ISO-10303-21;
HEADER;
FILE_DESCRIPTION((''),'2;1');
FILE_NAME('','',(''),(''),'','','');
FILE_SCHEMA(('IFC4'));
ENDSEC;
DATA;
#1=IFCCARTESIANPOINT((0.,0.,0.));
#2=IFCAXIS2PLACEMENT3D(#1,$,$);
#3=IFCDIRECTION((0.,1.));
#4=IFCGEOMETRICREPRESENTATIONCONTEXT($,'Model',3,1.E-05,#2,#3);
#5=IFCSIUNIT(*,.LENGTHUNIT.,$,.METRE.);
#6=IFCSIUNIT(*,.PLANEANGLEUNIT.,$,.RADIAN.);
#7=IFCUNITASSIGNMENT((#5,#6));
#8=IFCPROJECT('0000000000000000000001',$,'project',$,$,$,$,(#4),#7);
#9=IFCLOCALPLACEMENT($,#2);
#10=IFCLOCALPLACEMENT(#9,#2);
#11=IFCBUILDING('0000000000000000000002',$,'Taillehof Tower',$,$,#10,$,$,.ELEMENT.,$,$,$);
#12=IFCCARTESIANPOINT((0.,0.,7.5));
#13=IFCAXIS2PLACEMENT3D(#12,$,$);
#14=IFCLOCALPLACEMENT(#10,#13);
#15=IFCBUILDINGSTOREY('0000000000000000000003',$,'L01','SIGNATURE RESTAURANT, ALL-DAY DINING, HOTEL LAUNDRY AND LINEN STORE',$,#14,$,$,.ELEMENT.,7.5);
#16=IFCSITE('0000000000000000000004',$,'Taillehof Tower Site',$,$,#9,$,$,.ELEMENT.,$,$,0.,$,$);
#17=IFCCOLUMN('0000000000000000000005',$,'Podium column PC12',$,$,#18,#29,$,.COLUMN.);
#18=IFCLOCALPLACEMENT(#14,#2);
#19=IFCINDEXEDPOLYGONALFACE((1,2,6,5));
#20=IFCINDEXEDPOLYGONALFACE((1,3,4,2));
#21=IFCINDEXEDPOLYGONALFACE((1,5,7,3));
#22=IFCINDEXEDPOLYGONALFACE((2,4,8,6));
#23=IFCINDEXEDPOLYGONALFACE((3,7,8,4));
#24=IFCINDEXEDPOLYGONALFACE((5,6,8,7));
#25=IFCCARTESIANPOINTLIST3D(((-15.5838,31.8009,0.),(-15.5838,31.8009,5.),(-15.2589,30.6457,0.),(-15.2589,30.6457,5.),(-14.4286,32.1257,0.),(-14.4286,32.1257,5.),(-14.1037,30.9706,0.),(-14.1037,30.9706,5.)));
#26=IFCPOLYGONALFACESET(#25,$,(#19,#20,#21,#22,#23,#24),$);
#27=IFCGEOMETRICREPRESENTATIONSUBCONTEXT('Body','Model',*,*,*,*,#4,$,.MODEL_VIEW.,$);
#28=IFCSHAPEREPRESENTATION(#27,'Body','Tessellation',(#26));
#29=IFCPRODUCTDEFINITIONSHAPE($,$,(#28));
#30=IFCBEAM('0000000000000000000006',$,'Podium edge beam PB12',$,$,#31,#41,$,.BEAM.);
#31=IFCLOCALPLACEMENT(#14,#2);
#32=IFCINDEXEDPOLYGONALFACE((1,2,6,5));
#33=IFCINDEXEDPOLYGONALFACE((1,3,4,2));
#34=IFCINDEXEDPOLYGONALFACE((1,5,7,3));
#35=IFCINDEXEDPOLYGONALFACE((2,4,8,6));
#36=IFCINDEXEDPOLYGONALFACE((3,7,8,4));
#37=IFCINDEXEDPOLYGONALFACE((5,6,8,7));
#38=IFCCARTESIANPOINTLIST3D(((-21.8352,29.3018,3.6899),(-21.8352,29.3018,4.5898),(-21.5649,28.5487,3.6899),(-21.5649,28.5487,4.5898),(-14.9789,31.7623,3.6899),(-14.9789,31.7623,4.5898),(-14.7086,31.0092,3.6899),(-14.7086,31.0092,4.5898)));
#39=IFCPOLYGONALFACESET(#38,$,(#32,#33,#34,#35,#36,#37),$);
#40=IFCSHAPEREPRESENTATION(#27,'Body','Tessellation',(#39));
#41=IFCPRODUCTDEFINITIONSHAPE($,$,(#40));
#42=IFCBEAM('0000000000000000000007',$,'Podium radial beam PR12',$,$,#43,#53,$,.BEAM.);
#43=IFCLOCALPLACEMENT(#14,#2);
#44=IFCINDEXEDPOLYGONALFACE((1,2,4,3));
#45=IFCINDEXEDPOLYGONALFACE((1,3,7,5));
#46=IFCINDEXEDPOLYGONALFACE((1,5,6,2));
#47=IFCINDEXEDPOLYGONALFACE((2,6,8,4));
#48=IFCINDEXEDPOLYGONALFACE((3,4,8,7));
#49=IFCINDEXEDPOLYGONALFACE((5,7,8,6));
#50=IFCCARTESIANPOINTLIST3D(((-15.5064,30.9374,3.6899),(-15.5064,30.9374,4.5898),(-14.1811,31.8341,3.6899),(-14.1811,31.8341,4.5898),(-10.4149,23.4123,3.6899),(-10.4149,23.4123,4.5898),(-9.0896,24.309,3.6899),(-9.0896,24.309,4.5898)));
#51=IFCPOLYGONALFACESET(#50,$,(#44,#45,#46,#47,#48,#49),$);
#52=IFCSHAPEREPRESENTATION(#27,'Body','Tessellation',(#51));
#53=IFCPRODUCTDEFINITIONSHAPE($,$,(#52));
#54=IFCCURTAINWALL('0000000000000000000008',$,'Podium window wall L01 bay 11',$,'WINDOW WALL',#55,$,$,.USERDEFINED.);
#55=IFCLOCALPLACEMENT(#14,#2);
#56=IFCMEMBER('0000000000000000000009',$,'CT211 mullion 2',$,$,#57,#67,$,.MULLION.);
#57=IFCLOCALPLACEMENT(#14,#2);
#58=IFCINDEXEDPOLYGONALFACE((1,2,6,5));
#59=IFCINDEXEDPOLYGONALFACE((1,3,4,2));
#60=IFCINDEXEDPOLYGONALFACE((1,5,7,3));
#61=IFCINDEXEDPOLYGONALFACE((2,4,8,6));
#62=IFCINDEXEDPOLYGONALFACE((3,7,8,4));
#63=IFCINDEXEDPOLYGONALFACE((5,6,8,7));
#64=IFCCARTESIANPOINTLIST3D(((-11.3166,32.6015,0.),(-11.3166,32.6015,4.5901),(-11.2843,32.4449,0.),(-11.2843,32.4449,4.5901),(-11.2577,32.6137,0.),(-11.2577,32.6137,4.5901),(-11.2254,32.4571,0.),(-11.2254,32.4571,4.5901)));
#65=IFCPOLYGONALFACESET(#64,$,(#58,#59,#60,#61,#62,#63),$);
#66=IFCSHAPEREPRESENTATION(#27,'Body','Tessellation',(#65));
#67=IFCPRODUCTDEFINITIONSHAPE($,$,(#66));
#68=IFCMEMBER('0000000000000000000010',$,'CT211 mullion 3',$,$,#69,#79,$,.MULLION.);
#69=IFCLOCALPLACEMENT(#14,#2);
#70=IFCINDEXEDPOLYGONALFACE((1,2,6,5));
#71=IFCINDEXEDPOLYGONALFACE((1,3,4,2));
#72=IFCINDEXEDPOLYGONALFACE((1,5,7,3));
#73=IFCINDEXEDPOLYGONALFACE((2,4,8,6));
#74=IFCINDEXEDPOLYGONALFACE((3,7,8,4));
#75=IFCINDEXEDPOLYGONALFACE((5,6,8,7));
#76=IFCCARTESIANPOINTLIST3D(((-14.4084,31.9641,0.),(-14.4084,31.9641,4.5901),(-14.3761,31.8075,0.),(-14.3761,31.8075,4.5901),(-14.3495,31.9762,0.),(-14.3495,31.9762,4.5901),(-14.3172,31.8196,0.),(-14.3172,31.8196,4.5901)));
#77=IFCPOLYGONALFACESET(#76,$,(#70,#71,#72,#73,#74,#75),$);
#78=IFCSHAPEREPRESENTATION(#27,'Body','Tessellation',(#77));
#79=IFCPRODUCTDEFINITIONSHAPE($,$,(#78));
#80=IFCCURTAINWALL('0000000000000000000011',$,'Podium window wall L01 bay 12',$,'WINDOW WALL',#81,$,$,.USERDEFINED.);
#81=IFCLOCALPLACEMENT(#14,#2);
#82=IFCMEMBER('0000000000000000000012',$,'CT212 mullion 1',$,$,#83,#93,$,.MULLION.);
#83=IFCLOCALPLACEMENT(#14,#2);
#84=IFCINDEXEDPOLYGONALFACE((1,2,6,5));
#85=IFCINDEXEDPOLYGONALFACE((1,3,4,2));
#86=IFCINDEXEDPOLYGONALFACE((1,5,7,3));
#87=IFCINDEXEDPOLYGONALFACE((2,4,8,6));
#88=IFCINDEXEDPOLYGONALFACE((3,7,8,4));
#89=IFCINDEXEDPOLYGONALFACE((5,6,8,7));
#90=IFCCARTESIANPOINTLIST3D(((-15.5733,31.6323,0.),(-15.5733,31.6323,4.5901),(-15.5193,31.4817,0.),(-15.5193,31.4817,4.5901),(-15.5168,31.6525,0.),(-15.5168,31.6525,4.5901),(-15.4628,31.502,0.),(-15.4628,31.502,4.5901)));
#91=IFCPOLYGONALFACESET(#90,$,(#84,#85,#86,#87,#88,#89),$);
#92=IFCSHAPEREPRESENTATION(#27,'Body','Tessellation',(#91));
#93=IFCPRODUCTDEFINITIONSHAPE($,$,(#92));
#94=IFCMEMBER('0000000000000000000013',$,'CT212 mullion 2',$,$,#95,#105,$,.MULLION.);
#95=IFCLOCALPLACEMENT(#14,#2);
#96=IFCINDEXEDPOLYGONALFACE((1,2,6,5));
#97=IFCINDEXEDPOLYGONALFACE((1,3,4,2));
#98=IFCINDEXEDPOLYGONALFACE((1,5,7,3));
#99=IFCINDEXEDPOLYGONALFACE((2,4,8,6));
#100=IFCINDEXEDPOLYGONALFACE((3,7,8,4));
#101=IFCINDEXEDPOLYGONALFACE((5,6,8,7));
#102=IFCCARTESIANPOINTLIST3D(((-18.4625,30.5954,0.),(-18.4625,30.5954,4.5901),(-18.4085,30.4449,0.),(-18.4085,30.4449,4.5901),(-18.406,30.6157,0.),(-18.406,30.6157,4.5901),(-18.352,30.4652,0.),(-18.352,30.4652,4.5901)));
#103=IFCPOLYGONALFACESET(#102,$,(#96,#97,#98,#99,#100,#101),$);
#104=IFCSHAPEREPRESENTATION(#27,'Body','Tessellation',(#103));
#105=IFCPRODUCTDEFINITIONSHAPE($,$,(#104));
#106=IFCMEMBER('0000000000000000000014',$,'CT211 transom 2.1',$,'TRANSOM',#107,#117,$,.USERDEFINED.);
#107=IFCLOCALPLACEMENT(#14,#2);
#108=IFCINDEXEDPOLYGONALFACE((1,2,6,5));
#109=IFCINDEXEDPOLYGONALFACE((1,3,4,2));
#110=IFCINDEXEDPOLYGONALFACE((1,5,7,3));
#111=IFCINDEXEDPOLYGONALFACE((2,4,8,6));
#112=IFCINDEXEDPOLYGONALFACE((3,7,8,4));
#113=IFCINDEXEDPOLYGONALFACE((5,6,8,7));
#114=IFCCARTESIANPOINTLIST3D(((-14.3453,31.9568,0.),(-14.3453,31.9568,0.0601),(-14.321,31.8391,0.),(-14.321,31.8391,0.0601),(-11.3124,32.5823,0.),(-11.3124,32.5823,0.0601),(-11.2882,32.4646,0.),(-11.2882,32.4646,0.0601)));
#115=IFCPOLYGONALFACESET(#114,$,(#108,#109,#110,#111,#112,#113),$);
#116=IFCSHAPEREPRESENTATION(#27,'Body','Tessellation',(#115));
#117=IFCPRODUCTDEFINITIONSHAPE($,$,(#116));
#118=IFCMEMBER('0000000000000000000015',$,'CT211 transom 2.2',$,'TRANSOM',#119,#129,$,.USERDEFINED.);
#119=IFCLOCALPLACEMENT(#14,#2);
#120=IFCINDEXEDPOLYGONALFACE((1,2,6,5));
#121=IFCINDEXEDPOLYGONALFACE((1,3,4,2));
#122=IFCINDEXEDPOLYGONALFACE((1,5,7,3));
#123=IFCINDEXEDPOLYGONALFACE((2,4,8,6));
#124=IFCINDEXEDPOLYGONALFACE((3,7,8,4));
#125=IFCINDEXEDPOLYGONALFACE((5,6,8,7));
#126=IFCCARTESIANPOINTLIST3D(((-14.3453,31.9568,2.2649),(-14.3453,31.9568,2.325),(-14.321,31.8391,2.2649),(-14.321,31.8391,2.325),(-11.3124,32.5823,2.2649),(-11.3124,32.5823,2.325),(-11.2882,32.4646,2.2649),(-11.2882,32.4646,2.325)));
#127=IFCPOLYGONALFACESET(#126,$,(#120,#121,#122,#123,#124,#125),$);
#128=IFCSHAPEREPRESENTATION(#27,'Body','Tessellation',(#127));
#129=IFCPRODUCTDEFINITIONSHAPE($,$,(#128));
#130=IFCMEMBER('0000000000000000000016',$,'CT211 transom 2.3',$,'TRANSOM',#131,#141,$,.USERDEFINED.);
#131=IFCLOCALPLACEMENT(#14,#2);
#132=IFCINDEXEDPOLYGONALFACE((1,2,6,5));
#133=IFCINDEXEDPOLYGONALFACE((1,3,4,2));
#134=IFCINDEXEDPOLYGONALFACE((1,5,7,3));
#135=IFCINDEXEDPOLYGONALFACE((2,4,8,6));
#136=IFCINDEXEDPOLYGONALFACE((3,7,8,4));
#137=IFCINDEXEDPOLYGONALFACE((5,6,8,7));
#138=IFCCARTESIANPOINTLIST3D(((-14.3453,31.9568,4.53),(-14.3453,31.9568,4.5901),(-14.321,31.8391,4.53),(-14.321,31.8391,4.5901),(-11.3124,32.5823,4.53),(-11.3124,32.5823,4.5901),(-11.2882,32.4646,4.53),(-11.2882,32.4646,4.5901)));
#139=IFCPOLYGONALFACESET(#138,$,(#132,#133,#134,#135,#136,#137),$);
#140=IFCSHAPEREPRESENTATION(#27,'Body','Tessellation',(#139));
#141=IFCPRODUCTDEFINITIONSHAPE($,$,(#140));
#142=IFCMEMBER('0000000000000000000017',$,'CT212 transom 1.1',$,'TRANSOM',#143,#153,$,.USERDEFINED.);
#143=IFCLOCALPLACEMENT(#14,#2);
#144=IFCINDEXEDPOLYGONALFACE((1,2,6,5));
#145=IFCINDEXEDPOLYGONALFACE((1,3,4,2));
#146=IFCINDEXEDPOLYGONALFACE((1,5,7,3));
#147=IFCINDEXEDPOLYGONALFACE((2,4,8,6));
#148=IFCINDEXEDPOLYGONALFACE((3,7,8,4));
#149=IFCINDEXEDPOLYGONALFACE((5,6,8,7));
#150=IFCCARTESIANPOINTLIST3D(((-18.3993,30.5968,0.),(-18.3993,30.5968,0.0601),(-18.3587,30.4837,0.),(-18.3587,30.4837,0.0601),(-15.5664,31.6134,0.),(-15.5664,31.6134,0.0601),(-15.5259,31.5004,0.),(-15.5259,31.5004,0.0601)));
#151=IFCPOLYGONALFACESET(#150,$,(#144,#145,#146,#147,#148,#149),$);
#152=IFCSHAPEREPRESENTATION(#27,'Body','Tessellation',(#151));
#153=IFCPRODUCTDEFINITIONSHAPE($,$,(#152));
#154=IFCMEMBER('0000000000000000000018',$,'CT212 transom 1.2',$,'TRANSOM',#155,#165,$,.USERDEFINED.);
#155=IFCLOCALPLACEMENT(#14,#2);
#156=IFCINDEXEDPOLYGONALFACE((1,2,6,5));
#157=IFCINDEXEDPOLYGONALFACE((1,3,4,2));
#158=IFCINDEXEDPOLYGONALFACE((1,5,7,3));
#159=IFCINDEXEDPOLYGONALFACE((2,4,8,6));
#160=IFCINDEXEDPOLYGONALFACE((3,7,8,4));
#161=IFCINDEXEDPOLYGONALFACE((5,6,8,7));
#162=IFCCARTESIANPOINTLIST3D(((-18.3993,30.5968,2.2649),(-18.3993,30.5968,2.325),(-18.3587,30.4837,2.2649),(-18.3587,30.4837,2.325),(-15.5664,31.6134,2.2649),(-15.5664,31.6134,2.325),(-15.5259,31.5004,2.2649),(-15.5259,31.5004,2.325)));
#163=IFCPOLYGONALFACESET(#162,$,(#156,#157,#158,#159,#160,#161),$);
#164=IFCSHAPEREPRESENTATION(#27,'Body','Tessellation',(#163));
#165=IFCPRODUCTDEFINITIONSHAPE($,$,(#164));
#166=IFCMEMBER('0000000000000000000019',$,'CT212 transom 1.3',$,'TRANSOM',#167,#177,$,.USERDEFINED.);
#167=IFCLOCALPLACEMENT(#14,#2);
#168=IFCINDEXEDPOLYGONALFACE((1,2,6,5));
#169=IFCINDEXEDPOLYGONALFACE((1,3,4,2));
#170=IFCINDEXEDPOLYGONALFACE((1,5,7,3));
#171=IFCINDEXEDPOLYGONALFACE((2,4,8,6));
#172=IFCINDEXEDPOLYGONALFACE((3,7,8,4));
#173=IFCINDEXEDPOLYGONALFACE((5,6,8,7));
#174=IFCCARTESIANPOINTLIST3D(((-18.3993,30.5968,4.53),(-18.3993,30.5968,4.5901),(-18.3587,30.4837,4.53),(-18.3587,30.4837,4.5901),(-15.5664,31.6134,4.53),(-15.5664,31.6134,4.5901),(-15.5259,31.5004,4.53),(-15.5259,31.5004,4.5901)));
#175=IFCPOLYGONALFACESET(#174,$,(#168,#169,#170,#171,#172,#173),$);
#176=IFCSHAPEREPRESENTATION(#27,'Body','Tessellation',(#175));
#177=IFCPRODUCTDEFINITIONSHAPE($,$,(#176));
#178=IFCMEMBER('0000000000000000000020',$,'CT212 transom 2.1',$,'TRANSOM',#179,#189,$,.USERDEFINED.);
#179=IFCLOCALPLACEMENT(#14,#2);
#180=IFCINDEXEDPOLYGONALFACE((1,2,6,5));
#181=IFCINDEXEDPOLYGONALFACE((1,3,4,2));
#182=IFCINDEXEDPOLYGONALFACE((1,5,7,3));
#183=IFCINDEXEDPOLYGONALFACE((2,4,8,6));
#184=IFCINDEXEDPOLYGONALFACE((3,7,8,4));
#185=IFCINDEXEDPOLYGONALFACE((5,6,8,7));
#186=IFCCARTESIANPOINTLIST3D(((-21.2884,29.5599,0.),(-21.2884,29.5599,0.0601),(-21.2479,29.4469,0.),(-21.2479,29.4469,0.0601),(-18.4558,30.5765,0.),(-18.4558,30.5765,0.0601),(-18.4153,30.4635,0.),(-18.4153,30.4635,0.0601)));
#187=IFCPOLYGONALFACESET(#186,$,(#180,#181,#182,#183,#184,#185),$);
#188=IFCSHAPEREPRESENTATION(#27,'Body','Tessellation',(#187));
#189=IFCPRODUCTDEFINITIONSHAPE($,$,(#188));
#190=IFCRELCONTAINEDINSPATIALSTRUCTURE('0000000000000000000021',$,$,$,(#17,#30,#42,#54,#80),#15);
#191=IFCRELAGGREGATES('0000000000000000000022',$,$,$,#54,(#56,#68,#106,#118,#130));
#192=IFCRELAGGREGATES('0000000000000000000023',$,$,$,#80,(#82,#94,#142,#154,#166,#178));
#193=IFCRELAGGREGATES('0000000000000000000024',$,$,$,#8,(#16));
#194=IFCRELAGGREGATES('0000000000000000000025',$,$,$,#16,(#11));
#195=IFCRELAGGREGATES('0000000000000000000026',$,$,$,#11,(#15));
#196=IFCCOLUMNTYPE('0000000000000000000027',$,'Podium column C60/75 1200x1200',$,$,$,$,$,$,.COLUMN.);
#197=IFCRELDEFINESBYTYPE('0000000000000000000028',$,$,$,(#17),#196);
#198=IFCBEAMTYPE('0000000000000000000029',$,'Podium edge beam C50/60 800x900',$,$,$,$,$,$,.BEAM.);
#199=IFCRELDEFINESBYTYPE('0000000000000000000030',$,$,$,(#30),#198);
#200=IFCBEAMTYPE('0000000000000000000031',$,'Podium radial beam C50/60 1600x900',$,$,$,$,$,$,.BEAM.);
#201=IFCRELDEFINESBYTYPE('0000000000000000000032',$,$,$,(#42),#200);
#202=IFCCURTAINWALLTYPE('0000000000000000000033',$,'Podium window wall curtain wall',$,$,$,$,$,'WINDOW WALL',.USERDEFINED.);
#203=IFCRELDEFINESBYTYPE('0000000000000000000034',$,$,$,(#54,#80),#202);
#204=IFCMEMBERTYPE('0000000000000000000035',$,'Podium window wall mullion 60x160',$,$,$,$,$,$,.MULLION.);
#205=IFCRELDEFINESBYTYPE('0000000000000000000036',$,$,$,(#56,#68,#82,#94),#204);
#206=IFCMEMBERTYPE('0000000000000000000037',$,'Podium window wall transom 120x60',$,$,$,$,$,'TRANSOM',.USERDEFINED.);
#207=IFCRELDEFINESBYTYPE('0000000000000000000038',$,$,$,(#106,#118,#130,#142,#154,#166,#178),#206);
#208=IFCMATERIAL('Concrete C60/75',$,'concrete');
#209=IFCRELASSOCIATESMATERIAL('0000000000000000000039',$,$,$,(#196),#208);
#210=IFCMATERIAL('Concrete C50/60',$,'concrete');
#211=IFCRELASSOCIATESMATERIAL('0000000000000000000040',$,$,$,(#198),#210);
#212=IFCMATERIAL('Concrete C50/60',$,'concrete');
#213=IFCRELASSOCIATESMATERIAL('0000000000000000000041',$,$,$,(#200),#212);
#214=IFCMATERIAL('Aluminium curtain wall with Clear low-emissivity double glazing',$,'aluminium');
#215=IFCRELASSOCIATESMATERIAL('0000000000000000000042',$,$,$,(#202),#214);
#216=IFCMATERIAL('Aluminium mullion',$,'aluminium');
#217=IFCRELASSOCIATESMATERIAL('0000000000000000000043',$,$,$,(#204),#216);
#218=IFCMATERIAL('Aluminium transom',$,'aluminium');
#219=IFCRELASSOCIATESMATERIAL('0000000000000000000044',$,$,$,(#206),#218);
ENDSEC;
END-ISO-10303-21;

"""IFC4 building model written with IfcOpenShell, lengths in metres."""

from ifc_helpers import new_model, si_unit, direction, frame, origin, origin_2d, place, context, subcontext, project, spatial, rectangle, extrude, material, material_profile, profile_set, type_object, element, aggregate, save


model = new_model("IFC4")

# Units and contexts
model_context = context("Model", 3, precision=1e-05, world=origin(), true_north=direction((0.0, 1.0)))
body_context = subcontext(model_context, "Body", "Model", "MODEL_VIEW")
ifc_project = project(units=[si_unit("LENGTHUNIT", "METRE"), si_unit("PLANEANGLEUNIT", "RADIAN")], contexts=[model_context])

# Site, building, storey
site_placement = place(None, origin())
site = spatial("IfcSite", under=ifc_project, at=site_placement, Name="Taillehof Tower Site", CompositionType="ELEMENT", RefElevation=0.0)
building_placement = place(site_placement, origin())
building = spatial("IfcBuilding", under=site, at=building_placement, Name="Taillehof Tower", CompositionType="ELEMENT")
storey_placement = place(building_placement, frame((0.0, 0.0, 7.5)))
storey = spatial("IfcBuildingStorey", under=building, at=storey_placement, Name="L01", Description="SIGNATURE RESTAURANT, ALL-DAY DINING, HOTEL LAUNDRY AND LINEN STORE", CompositionType="ELEMENT", Elevation=7.5)

# Column
ifc_material_1 = material(Name="Concrete C60/75", Category="concrete")
ifc_material_profile_1 = material_profile(ifc_material_1, rectangle(XDim=1.2, YDim=1.2, at=origin_2d()), Name="RC 1200x1200")
ifc_profile_set_1 = profile_set([ifc_material_profile_1], Name="Concrete C60/75")
column_type = type_object("IfcColumnType", Name="Podium column C60/75 1200x1200", PredefinedType="COLUMN", material=ifc_profile_set_1)
column_placement = place(storey_placement, frame((-14.8438, 31.3857, 0.0), z_axis=(0.0, 0.0, 1.0), x_axis=(-0.270745, 0.962651, 0.0)))
element("IfcColumn", 1, at=column_placement, inside=storey, type_object=column_type, Name="Podium column PC12", PredefinedType="COLUMN", context=body_context, shape_type="SweptSolid", body=[
    extrude(rectangle(XDim=1.2, YDim=1.2, at=origin_2d()), origin(), (0.0, 0.0, 1.0), 5.0),
])

# Beams
ifc_material_2 = material(Name="Concrete C50/60", Category="concrete")
ifc_material_profile_2 = material_profile(ifc_material_2, rectangle(XDim=0.8, YDim=0.8999, at=origin_2d()), Name="RC 800x900")
ifc_profile_set_2 = profile_set([ifc_material_profile_2], Name="Concrete C50/60")
beam_type_1 = type_object("IfcBeamType", Name="Podium edge beam C50/60 800x900", PredefinedType="BEAM", material=ifc_profile_set_2)
beam_1_placement = place(storey_placement, frame((-14.8438, 31.3857, 4.1399), z_axis=(-0.941227, -0.337773, 0.0), x_axis=(0.337773, -0.941227, 0.0)))
element("IfcBeam", 2, at=beam_1_placement, inside=storey, type_object=beam_type_1, Name="Podium edge beam PB12", PredefinedType="BEAM", context=body_context, shape_type="SweptSolid", body=[
    extrude(rectangle(XDim=0.8, YDim=0.8999, at=origin_2d()), origin(), (0.0, 0.0, 1.0), 7.2844),
])
ifc_material_3 = material(Name="Concrete C50/60", Category="concrete")
ifc_material_profile_3 = material_profile(ifc_material_3, rectangle(XDim=1.6001, YDim=0.8999, at=origin_2d()), Name="RC 1600x900")
ifc_profile_set_3 = profile_set([ifc_material_profile_3], Name="Concrete C50/60")
beam_type_2 = type_object("IfcBeamType", Name="Podium radial beam C50/60 1600x900", PredefinedType="BEAM", material=ifc_profile_set_3)
beam_2_placement = place(storey_placement, frame((-14.8438, 31.3857, 4.1399), z_axis=(0.560386, -0.828232, 0.0), x_axis=(0.828232, 0.560386, 0.0)))
element("IfcBeam", 3, at=beam_2_placement, inside=storey, type_object=beam_type_2, Name="Podium radial beam PR12", PredefinedType="BEAM", context=body_context, shape_type="SweptSolid", body=[
    extrude(rectangle(XDim=1.6001, YDim=0.8999, at=origin_2d()), origin(), (0.0, 0.0, 1.0), 9.0857),
])

# Curtain walls, members
ifc_material_4 = material(Name="Aluminium curtain wall with Clear low-emissivity double glazing", Category="aluminium")
curtain_wall_type = type_object("IfcCurtainWallType", Name="Podium window wall curtain wall", ElementType="WINDOW WALL", PredefinedType="USERDEFINED", material=ifc_material_4)
curtain_wall_1_placement = place(storey_placement, origin())
curtain_wall_1 = element("IfcCurtainWall", 4, at=curtain_wall_1_placement, inside=storey, type_object=curtain_wall_type, Name="Podium window wall L01 bay 11", ObjectType="WINDOW WALL", PredefinedType="USERDEFINED")
ifc_material_5 = material(Name="Aluminium mullion", Category="aluminium")
ifc_material_profile_4 = material_profile(ifc_material_5, rectangle(XDim=0.1599, YDim=0.0601, at=origin_2d()), Name="AL 60x160")
ifc_profile_set_4 = profile_set([ifc_material_profile_4], Name="Aluminium mullion")
member_type_1 = type_object("IfcMemberType", Name="Podium window wall mullion 60x160", PredefinedType="MULLION", material=ifc_profile_set_4)
member_1_placement = place(storey_placement, frame((-11.271, 32.5293, 0.0), z_axis=(0.0, 0.0, 1.0), x_axis=(0.201976, -0.97939, 0.0)))
member_1 = element("IfcMember", 5, at=member_1_placement, type_object=member_type_1, Name="CT211 mullion 2", PredefinedType="MULLION", context=body_context, shape_type="SweptSolid", body=[
    extrude(rectangle(XDim=0.1599, YDim=0.0601, at=origin_2d()), origin(), (0.0, 0.0, 1.0), 4.5901),
])
member_2_placement = place(storey_placement, frame((-14.3628, 31.8918, 0.0), z_axis=(0.0, 0.0, 1.0), x_axis=(0.201976, -0.97939, 0.0)))
member_2 = element("IfcMember", 6, at=member_2_placement, type_object=member_type_1, Name="CT211 mullion 3", PredefinedType="MULLION", context=body_context, shape_type="SweptSolid", body=[
    extrude(rectangle(XDim=0.1599, YDim=0.0601, at=origin_2d()), origin(), (0.0, 0.0, 1.0), 4.5901),
])
curtain_wall_2_placement = place(storey_placement, origin())
curtain_wall_2 = element("IfcCurtainWall", 7, at=curtain_wall_2_placement, inside=storey, type_object=curtain_wall_type, Name="Podium window wall L01 bay 12", ObjectType="WINDOW WALL", PredefinedType="USERDEFINED")
member_3_placement = place(storey_placement, frame((-15.5181, 31.5671, 0.0), z_axis=(0.0, 0.0, 1.0), x_axis=(0.337799, -0.941218, 0.0)))
member_3 = element("IfcMember", 8, at=member_3_placement, type_object=member_type_1, Name="CT212 mullion 1", PredefinedType="MULLION", context=body_context, shape_type="SweptSolid", body=[
    extrude(rectangle(XDim=0.1599, YDim=0.0601, at=origin_2d()), origin(), (0.0, 0.0, 1.0), 4.5901),
])
member_4_placement = place(storey_placement, frame((-18.4072, 30.5303, 0.0), z_axis=(0.0, 0.0, 1.0), x_axis=(0.337799, -0.941218, 0.0)))
member_4 = element("IfcMember", 9, at=member_4_placement, type_object=member_type_1, Name="CT212 mullion 2", PredefinedType="MULLION", context=body_context, shape_type="SweptSolid", body=[
    extrude(rectangle(XDim=0.1599, YDim=0.0601, at=origin_2d()), origin(), (0.0, 0.0, 1.0), 4.5901),
])

# Members
ifc_material_6 = material(Name="Aluminium transom", Category="aluminium")
ifc_material_profile_5 = material_profile(ifc_material_6, rectangle(XDim=0.1201, YDim=0.0601, at=origin_2d()), Name="AL 120x60")
ifc_profile_set_5 = profile_set([ifc_material_profile_5], Name="Aluminium transom")
member_type_2 = type_object("IfcMemberType", Name="Podium window wall transom 120x60", ElementType="TRANSOM", PredefinedType="USERDEFINED", material=ifc_profile_set_5)
member_5_placement = place(storey_placement, frame((-11.3003, 32.5234, 0.03), z_axis=(-0.97939, -0.20198, 0.0), x_axis=(0.20198, -0.97939, 0.0)))
member_5 = element("IfcMember", 10, at=member_5_placement, type_object=member_type_2, Name="CT211 transom 2.1", ObjectType="TRANSOM", PredefinedType="USERDEFINED", context=body_context, shape_type="SweptSolid", body=[
    extrude(rectangle(XDim=0.1201, YDim=0.0601, at=origin_2d()), origin(), (0.0, 0.0, 1.0), 3.0967),
])
member_6_placement = place(storey_placement, frame((-11.3003, 32.5234, 2.2949), z_axis=(-0.97939, -0.20198, 0.0), x_axis=(0.20198, -0.97939, 0.0)))
member_6 = element("IfcMember", 11, at=member_6_placement, type_object=member_type_2, Name="CT211 transom 2.2", ObjectType="TRANSOM", PredefinedType="USERDEFINED", context=body_context, shape_type="SweptSolid", body=[
    extrude(rectangle(XDim=0.1201, YDim=0.0601, at=origin_2d()), origin(), (0.0, 0.0, 1.0), 3.0967),
])
member_7_placement = place(storey_placement, frame((-11.3003, 32.5234, 4.5601), z_axis=(-0.97939, -0.20198, 0.0), x_axis=(0.20198, -0.97939, 0.0)))
member_7 = element("IfcMember", 12, at=member_7_placement, type_object=member_type_2, Name="CT211 transom 2.3", ObjectType="TRANSOM", PredefinedType="USERDEFINED", context=body_context, shape_type="SweptSolid", body=[
    extrude(rectangle(XDim=0.1201, YDim=0.0601, at=origin_2d()), origin(), (0.0, 0.0, 1.0), 3.0967),
])
member_8_placement = place(storey_placement, frame((-15.5461, 31.5569, 0.03), z_axis=(-0.941225, -0.33778, 0.0), x_axis=(0.33778, -0.941225, 0.0)))
member_8 = element("IfcMember", 13, at=member_8_placement, type_object=member_type_2, Name="CT212 transom 1.1", ObjectType="TRANSOM", PredefinedType="USERDEFINED", context=body_context, shape_type="SweptSolid", body=[
    extrude(rectangle(XDim=0.1201, YDim=0.0601, at=origin_2d()), origin(), (0.0, 0.0, 1.0), 3.0098),
])
member_9_placement = place(storey_placement, frame((-15.5461, 31.5569, 2.2949), z_axis=(-0.941225, -0.33778, 0.0), x_axis=(0.33778, -0.941225, 0.0)))
member_9 = element("IfcMember", 14, at=member_9_placement, type_object=member_type_2, Name="CT212 transom 1.2", ObjectType="TRANSOM", PredefinedType="USERDEFINED", context=body_context, shape_type="SweptSolid", body=[
    extrude(rectangle(XDim=0.1201, YDim=0.0601, at=origin_2d()), origin(), (0.0, 0.0, 1.0), 3.0098),
])
member_10_placement = place(storey_placement, frame((-15.5461, 31.5569, 4.5601), z_axis=(-0.941225, -0.33778, 0.0), x_axis=(0.33778, -0.941225, 0.0)))
member_10 = element("IfcMember", 15, at=member_10_placement, type_object=member_type_2, Name="CT212 transom 1.3", ObjectType="TRANSOM", PredefinedType="USERDEFINED", context=body_context, shape_type="SweptSolid", body=[
    extrude(rectangle(XDim=0.1201, YDim=0.0601, at=origin_2d()), origin(), (0.0, 0.0, 1.0), 3.0098),
])
member_11_placement = place(storey_placement, frame((-18.4355, 30.52, 0.03), z_axis=(-0.941216, -0.337806, 0.0), x_axis=(0.337806, -0.941216, 0.0)))
member_11 = element("IfcMember", 16, at=member_11_placement, type_object=member_type_2, Name="CT212 transom 2.1", ObjectType="TRANSOM", PredefinedType="USERDEFINED", context=body_context, shape_type="SweptSolid", body=[
    extrude(rectangle(XDim=0.1201, YDim=0.0601, at=origin_2d()), origin(), (0.0, 0.0, 1.0), 3.0095),
])

aggregate(curtain_wall_1, [member_1, member_2, member_5, member_6, member_7])
aggregate(curtain_wall_2, [member_3, member_4, member_8, member_9, member_10, member_11])

save(model, "model.ifc")
